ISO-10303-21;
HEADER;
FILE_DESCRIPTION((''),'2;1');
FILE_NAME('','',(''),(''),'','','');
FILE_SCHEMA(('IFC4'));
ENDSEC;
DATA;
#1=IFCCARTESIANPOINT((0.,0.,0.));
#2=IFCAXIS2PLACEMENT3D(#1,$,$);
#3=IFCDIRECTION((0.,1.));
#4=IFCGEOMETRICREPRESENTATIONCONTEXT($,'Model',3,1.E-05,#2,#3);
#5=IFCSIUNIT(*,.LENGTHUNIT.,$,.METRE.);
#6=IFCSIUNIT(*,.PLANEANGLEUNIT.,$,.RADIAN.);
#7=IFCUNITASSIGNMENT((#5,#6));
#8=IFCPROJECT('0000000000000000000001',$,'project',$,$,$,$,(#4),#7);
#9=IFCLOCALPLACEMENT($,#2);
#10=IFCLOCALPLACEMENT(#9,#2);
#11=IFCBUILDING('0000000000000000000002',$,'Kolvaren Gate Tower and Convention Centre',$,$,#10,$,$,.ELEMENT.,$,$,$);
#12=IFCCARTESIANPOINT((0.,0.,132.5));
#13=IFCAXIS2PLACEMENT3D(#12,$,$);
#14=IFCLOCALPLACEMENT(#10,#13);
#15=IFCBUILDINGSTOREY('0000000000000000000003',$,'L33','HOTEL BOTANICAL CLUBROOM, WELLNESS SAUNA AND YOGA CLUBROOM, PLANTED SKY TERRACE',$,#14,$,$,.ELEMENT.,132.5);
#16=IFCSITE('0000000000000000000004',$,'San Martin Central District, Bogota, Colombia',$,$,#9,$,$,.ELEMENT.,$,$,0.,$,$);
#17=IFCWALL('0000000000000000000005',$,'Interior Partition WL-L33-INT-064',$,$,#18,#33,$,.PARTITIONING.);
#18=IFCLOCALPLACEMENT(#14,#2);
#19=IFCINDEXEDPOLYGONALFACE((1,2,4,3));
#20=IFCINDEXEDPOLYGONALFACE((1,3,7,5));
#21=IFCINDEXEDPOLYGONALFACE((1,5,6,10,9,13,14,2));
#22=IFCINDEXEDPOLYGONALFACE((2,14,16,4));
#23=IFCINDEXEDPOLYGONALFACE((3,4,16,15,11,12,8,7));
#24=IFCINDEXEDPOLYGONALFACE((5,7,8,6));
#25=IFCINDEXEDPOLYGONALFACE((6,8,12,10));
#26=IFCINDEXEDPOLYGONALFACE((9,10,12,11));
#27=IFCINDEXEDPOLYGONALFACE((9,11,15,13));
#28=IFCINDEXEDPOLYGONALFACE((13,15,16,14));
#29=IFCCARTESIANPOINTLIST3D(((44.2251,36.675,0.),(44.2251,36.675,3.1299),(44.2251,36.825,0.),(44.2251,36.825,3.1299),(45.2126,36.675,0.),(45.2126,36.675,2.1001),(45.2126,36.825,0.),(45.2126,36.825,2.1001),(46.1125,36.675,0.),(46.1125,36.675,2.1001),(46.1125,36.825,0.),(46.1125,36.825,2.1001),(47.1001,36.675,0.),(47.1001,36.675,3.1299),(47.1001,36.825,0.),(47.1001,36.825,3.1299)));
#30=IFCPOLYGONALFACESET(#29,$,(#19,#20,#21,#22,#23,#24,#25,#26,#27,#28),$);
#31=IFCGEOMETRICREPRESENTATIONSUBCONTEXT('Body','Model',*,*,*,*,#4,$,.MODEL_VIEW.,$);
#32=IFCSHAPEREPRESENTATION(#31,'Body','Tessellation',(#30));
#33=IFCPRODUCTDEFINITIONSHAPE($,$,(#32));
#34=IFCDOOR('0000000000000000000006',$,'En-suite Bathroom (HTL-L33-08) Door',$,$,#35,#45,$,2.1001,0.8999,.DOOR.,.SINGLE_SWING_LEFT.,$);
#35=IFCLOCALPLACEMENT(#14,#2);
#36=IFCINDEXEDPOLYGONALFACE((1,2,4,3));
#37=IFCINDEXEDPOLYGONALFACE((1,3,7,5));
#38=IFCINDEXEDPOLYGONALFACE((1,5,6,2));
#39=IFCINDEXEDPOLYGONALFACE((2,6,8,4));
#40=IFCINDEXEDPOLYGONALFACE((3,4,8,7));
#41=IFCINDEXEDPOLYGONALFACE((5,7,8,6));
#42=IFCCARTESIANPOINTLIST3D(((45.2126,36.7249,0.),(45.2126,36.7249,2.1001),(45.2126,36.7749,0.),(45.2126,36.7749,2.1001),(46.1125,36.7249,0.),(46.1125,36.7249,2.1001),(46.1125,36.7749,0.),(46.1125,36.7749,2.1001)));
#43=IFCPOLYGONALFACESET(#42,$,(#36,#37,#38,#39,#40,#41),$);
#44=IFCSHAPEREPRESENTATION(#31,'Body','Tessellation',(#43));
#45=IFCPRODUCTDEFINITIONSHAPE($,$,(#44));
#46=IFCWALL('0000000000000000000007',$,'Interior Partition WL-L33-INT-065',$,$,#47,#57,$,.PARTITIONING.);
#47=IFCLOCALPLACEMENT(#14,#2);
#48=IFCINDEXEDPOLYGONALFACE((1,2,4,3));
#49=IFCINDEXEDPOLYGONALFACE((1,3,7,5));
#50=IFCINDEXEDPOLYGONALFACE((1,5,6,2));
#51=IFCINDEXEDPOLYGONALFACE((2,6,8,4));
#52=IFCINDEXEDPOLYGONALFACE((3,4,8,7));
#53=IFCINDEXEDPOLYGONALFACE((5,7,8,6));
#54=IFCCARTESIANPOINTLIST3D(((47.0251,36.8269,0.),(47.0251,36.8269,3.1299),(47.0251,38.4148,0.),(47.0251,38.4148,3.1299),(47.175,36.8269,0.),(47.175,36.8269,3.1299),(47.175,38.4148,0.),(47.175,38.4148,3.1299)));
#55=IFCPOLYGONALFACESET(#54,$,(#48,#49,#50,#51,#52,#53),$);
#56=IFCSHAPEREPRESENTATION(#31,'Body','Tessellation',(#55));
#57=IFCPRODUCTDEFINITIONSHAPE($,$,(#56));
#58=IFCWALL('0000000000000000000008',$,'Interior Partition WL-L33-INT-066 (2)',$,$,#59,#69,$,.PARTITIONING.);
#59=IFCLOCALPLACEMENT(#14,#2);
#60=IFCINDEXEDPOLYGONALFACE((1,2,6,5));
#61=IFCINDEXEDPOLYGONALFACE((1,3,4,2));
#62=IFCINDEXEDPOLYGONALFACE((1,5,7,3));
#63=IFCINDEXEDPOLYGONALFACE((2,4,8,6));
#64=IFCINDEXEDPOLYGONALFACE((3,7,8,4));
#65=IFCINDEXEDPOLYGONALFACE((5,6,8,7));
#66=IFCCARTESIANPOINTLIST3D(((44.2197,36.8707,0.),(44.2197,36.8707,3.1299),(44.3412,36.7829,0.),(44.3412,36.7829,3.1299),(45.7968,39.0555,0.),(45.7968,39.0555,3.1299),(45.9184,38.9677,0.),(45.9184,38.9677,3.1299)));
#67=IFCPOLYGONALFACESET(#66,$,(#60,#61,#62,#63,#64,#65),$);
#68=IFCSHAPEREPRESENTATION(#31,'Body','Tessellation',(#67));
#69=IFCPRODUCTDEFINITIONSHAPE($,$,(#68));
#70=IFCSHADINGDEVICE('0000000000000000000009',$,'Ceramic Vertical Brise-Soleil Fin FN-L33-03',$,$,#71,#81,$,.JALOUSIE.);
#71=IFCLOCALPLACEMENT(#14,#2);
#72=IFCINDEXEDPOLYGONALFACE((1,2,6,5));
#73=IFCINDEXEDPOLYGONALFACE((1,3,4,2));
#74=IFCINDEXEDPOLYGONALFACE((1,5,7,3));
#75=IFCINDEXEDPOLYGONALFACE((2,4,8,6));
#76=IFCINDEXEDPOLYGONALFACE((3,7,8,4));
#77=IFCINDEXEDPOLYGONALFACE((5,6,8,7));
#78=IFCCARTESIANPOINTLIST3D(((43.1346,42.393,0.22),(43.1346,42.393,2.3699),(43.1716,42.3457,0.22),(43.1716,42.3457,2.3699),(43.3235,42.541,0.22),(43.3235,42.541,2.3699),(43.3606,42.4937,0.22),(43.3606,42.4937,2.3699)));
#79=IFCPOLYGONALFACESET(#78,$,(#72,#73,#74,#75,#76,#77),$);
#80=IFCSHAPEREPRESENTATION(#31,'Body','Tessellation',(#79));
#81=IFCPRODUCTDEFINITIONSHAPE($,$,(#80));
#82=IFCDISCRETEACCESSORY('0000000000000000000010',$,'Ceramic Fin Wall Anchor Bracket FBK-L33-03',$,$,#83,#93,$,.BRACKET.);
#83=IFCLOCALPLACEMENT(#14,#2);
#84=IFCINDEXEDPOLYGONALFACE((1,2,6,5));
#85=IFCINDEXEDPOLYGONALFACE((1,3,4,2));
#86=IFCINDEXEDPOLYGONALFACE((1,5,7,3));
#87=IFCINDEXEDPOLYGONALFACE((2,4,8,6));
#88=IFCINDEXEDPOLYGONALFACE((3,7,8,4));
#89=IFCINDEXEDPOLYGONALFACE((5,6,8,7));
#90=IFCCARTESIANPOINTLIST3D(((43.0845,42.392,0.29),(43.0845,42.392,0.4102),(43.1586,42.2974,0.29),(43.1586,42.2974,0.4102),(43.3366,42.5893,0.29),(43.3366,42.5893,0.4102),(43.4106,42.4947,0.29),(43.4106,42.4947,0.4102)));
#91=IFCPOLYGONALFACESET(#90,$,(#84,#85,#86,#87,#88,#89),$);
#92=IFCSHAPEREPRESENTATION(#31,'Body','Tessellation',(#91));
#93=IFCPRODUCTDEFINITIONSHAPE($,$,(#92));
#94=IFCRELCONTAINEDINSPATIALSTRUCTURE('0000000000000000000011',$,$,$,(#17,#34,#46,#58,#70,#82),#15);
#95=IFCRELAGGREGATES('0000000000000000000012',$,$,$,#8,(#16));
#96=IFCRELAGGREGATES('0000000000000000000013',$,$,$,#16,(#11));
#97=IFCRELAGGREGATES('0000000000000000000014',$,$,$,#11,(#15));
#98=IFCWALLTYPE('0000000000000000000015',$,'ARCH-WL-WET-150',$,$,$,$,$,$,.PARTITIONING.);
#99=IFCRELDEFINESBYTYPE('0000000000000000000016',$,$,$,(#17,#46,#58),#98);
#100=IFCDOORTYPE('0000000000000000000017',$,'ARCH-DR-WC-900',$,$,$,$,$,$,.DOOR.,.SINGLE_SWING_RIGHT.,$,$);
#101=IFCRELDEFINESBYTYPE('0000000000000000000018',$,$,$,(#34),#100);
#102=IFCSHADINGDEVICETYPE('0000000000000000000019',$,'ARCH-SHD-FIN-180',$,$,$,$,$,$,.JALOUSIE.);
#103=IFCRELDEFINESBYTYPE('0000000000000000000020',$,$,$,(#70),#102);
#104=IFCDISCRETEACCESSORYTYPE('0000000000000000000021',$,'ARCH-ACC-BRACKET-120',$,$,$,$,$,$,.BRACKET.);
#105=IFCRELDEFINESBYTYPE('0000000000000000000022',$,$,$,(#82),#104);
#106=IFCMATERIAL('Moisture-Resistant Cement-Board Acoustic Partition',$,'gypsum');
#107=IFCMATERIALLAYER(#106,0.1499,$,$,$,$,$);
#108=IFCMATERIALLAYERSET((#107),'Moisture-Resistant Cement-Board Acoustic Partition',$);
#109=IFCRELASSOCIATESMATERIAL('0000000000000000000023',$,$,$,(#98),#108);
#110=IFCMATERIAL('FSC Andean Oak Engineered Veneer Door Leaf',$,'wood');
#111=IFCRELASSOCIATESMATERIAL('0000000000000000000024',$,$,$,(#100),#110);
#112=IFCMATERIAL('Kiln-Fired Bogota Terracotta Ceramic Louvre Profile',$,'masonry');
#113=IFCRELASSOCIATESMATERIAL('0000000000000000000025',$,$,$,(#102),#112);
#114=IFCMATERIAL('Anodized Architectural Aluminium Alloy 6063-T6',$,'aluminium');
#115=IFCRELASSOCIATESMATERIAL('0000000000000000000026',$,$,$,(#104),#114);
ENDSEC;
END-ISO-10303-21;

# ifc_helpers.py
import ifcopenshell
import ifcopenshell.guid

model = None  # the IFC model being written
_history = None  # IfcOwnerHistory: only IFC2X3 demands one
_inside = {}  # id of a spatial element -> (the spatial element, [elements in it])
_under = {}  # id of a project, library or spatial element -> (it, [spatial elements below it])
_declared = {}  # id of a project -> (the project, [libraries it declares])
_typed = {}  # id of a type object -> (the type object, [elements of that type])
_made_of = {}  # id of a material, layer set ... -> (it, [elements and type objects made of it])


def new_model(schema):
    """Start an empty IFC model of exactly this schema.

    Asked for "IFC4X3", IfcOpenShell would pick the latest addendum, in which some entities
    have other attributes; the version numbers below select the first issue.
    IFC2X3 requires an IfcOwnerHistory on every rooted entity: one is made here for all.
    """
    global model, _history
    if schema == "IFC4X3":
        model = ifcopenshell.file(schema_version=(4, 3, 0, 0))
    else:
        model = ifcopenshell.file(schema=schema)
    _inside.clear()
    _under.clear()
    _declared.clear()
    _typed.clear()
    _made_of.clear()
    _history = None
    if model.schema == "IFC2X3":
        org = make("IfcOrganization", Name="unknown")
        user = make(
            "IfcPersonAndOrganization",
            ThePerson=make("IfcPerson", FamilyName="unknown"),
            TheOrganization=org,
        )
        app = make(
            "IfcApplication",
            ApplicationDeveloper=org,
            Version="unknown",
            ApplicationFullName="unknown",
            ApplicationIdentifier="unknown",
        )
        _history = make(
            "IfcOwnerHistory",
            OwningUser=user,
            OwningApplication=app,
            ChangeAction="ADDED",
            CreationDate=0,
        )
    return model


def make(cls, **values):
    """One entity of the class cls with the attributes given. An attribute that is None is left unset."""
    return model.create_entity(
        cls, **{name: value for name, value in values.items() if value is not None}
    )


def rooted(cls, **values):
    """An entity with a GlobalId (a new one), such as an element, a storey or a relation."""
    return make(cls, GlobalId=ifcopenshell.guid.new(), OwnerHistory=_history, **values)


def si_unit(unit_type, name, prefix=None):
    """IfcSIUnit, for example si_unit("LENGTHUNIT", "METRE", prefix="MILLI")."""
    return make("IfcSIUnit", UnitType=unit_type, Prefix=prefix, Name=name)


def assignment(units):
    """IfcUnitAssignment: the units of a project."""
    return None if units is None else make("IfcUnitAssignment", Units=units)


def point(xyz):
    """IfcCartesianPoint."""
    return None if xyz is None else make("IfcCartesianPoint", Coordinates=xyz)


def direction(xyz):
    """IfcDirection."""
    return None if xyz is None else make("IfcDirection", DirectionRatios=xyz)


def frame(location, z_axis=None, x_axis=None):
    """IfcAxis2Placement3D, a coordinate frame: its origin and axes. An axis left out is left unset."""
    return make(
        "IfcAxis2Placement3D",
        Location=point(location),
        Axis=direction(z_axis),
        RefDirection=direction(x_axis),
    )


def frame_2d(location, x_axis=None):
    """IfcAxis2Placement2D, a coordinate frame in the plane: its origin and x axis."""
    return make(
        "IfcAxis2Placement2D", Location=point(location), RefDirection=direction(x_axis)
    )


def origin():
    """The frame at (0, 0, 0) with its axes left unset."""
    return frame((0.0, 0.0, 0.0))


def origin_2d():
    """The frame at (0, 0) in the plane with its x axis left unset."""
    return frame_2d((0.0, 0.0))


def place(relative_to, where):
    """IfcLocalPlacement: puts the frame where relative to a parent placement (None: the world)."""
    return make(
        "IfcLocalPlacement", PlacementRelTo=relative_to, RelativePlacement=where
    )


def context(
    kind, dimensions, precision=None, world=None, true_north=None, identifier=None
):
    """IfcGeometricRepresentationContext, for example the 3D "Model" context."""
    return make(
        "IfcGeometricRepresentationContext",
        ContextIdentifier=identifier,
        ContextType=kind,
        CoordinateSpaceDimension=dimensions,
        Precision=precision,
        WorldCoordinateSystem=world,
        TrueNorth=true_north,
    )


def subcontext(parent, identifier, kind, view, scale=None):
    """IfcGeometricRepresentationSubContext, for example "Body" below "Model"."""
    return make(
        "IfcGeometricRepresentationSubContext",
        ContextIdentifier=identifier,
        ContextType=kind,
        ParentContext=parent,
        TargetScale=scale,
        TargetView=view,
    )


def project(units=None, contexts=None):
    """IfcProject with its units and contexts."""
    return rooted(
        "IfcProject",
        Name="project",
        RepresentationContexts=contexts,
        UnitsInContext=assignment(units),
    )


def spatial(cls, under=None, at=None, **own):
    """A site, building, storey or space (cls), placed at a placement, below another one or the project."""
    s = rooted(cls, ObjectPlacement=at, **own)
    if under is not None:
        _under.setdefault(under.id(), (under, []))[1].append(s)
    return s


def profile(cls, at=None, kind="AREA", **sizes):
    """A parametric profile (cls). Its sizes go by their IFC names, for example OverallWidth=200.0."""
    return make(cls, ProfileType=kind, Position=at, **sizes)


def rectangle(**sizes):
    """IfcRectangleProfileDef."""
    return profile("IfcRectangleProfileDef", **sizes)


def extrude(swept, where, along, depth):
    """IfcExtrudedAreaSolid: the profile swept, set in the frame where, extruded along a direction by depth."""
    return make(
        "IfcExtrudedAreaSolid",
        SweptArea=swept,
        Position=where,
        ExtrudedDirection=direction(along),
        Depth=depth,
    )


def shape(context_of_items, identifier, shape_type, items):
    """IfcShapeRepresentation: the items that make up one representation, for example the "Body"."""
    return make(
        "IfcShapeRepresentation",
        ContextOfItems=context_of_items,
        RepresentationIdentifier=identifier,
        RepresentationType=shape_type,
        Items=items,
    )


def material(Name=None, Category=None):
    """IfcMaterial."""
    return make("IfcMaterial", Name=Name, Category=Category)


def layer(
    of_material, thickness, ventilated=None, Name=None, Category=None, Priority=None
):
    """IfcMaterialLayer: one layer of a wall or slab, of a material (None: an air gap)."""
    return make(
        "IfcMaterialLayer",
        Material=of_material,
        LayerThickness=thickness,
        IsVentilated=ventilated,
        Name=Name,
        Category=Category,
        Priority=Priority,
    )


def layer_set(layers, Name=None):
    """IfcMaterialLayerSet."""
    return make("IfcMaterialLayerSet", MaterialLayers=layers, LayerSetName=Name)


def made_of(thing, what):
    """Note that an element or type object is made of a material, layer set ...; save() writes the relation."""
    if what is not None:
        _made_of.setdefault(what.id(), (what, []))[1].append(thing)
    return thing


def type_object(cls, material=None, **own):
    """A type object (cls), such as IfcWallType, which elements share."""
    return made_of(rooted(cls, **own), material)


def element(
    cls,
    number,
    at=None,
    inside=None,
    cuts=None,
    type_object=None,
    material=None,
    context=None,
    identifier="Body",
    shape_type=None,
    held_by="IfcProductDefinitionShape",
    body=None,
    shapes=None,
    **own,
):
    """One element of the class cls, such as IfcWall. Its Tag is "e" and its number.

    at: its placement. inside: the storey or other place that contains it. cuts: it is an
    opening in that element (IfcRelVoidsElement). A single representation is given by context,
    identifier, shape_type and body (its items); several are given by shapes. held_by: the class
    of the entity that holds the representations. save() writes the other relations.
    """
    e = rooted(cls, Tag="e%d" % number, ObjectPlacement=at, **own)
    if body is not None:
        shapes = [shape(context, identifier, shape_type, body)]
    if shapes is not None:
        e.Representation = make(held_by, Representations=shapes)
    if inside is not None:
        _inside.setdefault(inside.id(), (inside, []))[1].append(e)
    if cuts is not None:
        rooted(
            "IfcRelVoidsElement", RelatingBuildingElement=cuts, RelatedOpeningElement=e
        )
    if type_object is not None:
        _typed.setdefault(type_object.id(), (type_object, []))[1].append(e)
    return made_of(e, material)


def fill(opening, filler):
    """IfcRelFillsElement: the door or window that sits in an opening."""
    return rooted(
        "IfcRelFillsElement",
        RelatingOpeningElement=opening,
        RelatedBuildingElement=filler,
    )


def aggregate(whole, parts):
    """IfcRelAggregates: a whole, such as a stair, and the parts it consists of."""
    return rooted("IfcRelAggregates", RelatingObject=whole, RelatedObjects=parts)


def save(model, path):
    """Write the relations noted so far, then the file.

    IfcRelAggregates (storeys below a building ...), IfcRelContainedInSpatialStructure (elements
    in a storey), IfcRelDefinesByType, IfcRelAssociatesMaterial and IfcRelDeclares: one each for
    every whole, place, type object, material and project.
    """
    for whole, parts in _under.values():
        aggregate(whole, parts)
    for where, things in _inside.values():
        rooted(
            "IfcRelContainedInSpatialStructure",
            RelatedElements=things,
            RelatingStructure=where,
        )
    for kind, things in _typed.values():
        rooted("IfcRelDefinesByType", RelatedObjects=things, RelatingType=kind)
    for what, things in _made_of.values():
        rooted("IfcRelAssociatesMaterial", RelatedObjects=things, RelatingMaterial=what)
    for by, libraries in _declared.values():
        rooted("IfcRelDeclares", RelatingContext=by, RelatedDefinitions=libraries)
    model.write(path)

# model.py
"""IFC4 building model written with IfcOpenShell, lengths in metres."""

from ifc_helpers import new_model, si_unit, direction, frame, frame_2d, origin, origin_2d, place, context, subcontext, project, spatial, rectangle, extrude, material, layer, layer_set, type_object, element, fill, save


model = new_model("IFC4")

# Units and contexts
model_context = context("Model", 3, precision=1e-05, world=origin(), true_north=direction((0.0, 1.0)))
body_context = subcontext(model_context, "Body", "Model", "MODEL_VIEW")
ifc_project = project(units=[si_unit("LENGTHUNIT", "METRE"), si_unit("PLANEANGLEUNIT", "RADIAN")], contexts=[model_context])

# Site, building, storey
site_placement = place(None, origin())
site = spatial("IfcSite", under=ifc_project, at=site_placement, Name="San Martin Central District, Bogota, Colombia", CompositionType="ELEMENT", RefElevation=0.0)
building_placement = place(site_placement, origin())
building = spatial("IfcBuilding", under=site, at=building_placement, Name="Kolvaren Gate Tower and Convention Centre", CompositionType="ELEMENT")
storey_placement = place(building_placement, frame((0.0, 0.0, 132.5)))
storey = spatial("IfcBuildingStorey", under=building, at=storey_placement, Name="L33", Description="HOTEL BOTANICAL CLUBROOM, WELLNESS SAUNA AND YOGA CLUBROOM, PLANTED SKY TERRACE", CompositionType="ELEMENT", Elevation=132.5)

# Shared definitions
ifc_material_1 = material(Name="Anodized Architectural Aluminium Alloy 6063-T6", Category="aluminium")

# Wall, opening, door
ifc_material_2 = material(Name="Moisture-Resistant Cement-Board Acoustic Partition", Category="gypsum")
ifc_layer_1 = layer(ifc_material_2, 0.1499)
ifc_layer_set_1 = layer_set([ifc_layer_1], Name="Moisture-Resistant Cement-Board Acoustic Partition")
wall_type_1 = type_object("IfcWallType", Name="ARCH-WL-WET-150", PredefinedType="PARTITIONING", material=ifc_layer_set_1)
wall_1_placement = place(storey_placement, frame((44.2251, 36.75, 0.0), z_axis=(0.0, 0.0, 1.0), x_axis=(1.0, 0.0, 0.0)))
wall_1 = element("IfcWall", 1, at=wall_1_placement, inside=storey, type_object=wall_type_1, Name="Interior Partition WL-L33-INT-064", PredefinedType="PARTITIONING", context=body_context, shape_type="SweptSolid", body=[
    extrude(rectangle(XDim=2.875, YDim=0.1499, at=frame_2d((1.4375, 0.0))), origin(), (0.0, 0.0, 1.0), 3.1299),
])
opening_1_placement = place(wall_1_placement, frame((0.9875, 0.0, 0.0)))
opening_1 = element("IfcOpeningElement", 2, at=opening_1_placement, cuts=wall_1, PredefinedType="OPENING", context=body_context, shape_type="SweptSolid", body=[
    extrude(rectangle(XDim=0.8999, YDim=2.1001, at=frame_2d((0.45, 1.05))), frame((0.0, 0.085, 0.0), z_axis=(0.0, -1.0, 0.0), x_axis=(1.0, 0.0, 0.0)), (0.0, 0.0, 1.0), 0.1699),
])
ifc_material_3 = material(Name="FSC Andean Oak Engineered Veneer Door Leaf", Category="wood")
door_type_1 = type_object("IfcDoorType", Name="ARCH-DR-WC-900", OperationType="SINGLE_SWING_RIGHT", PredefinedType="DOOR", material=ifc_material_3)
door_1_placement = place(opening_1_placement, origin())
door_1 = element("IfcDoor", 3, at=door_1_placement, inside=storey, type_object=door_type_1, Name="En-suite Bathroom (HTL-L33-08) Door", OperationType="SINGLE_SWING_LEFT", OverallHeight=2.1001, OverallWidth=0.8999, PredefinedType="DOOR", context=body_context, shape_type="SweptSolid", body=[
    extrude(rectangle(XDim=0.8999, YDim=2.1001, at=frame_2d((0.45, 1.05))), frame((0.0, 0.0249, 0.0), z_axis=(0.0, -1.0, 0.0), x_axis=(1.0, 0.0, 0.0)), (0.0, 0.0, 1.0), 0.05),
])
fill(opening_1, door_1)

# Walls
wall_2_placement = place(storey_placement, frame((47.1001, 36.8269, 0.0), z_axis=(0.0, 0.0, 1.0), x_axis=(0.0, 1.0, 0.0)))
element("IfcWall", 4, at=wall_2_placement, inside=storey, type_object=wall_type_1, Name="Interior Partition WL-L33-INT-065", PredefinedType="PARTITIONING", context=body_context, shape_type="SweptSolid", body=[
    extrude(rectangle(XDim=1.5879, YDim=0.1499, at=frame_2d((0.7939, 0.0))), origin(), (0.0, 0.0, 1.0), 3.1299),
])
wall_3_placement = place(storey_placement, frame((44.2805, 36.8269, 0.0), z_axis=(0.0, 0.0, 1.0), x_axis=(0.585302, 0.810815, 0.0)))
element("IfcWall", 5, at=wall_3_placement, inside=storey, type_object=wall_type_1, Name="Interior Partition WL-L33-INT-066 (2)", PredefinedType="PARTITIONING", context=body_context, shape_type="SweptSolid", body=[
    extrude(rectangle(XDim=2.6946, YDim=0.1499, at=frame_2d((1.3472, 0.0))), origin(), (0.0, 0.0, 1.0), 3.1299),
])

# Shading device
ifc_material_4 = material(Name="Kiln-Fired Bogota Terracotta Ceramic Louvre Profile", Category="masonry")
shading_device_type = type_object("IfcShadingDeviceType", Name="ARCH-SHD-FIN-180", PredefinedType="JALOUSIE", material=ifc_material_4)
shading_device_placement = place(storey_placement, frame((43.2476, 42.4434, 0.22), z_axis=(0.0, 0.0, 1.0), x_axis=(0.616424, -0.787414, 0.0)))
element("IfcShadingDevice", 6, at=shading_device_placement, inside=storey, type_object=shading_device_type, Name="Ceramic Vertical Brise-Soleil Fin FN-L33-03", PredefinedType="JALOUSIE", context=body_context, shape_type="SweptSolid", body=[
    extrude(rectangle(XDim=0.0601, YDim=0.24, at=origin_2d()), origin(), (0.0, 0.0, 1.0), 2.1499),
])

# Discrete accessory
discrete_accessory_type = type_object("IfcDiscreteAccessoryType", Name="ARCH-ACC-BRACKET-120", PredefinedType="BRACKET", material=ifc_material_1)
discrete_accessory_placement = place(storey_placement, frame((43.2476, 42.4434, 0.29), z_axis=(0.0, 0.0, 1.0), x_axis=(0.616424, -0.787414, 0.0)))
element("IfcDiscreteAccessory", 7, at=discrete_accessory_placement, inside=storey, type_object=discrete_accessory_type, Name="Ceramic Fin Wall Anchor Bracket FBK-L33-03", PredefinedType="BRACKET", context=body_context, shape_type="SweptSolid", body=[
    extrude(rectangle(XDim=0.1201, YDim=0.3201, at=origin_2d()), origin(), (0.0, 0.0, 1.0), 0.1201),
])

save(model, "model.ifc")
